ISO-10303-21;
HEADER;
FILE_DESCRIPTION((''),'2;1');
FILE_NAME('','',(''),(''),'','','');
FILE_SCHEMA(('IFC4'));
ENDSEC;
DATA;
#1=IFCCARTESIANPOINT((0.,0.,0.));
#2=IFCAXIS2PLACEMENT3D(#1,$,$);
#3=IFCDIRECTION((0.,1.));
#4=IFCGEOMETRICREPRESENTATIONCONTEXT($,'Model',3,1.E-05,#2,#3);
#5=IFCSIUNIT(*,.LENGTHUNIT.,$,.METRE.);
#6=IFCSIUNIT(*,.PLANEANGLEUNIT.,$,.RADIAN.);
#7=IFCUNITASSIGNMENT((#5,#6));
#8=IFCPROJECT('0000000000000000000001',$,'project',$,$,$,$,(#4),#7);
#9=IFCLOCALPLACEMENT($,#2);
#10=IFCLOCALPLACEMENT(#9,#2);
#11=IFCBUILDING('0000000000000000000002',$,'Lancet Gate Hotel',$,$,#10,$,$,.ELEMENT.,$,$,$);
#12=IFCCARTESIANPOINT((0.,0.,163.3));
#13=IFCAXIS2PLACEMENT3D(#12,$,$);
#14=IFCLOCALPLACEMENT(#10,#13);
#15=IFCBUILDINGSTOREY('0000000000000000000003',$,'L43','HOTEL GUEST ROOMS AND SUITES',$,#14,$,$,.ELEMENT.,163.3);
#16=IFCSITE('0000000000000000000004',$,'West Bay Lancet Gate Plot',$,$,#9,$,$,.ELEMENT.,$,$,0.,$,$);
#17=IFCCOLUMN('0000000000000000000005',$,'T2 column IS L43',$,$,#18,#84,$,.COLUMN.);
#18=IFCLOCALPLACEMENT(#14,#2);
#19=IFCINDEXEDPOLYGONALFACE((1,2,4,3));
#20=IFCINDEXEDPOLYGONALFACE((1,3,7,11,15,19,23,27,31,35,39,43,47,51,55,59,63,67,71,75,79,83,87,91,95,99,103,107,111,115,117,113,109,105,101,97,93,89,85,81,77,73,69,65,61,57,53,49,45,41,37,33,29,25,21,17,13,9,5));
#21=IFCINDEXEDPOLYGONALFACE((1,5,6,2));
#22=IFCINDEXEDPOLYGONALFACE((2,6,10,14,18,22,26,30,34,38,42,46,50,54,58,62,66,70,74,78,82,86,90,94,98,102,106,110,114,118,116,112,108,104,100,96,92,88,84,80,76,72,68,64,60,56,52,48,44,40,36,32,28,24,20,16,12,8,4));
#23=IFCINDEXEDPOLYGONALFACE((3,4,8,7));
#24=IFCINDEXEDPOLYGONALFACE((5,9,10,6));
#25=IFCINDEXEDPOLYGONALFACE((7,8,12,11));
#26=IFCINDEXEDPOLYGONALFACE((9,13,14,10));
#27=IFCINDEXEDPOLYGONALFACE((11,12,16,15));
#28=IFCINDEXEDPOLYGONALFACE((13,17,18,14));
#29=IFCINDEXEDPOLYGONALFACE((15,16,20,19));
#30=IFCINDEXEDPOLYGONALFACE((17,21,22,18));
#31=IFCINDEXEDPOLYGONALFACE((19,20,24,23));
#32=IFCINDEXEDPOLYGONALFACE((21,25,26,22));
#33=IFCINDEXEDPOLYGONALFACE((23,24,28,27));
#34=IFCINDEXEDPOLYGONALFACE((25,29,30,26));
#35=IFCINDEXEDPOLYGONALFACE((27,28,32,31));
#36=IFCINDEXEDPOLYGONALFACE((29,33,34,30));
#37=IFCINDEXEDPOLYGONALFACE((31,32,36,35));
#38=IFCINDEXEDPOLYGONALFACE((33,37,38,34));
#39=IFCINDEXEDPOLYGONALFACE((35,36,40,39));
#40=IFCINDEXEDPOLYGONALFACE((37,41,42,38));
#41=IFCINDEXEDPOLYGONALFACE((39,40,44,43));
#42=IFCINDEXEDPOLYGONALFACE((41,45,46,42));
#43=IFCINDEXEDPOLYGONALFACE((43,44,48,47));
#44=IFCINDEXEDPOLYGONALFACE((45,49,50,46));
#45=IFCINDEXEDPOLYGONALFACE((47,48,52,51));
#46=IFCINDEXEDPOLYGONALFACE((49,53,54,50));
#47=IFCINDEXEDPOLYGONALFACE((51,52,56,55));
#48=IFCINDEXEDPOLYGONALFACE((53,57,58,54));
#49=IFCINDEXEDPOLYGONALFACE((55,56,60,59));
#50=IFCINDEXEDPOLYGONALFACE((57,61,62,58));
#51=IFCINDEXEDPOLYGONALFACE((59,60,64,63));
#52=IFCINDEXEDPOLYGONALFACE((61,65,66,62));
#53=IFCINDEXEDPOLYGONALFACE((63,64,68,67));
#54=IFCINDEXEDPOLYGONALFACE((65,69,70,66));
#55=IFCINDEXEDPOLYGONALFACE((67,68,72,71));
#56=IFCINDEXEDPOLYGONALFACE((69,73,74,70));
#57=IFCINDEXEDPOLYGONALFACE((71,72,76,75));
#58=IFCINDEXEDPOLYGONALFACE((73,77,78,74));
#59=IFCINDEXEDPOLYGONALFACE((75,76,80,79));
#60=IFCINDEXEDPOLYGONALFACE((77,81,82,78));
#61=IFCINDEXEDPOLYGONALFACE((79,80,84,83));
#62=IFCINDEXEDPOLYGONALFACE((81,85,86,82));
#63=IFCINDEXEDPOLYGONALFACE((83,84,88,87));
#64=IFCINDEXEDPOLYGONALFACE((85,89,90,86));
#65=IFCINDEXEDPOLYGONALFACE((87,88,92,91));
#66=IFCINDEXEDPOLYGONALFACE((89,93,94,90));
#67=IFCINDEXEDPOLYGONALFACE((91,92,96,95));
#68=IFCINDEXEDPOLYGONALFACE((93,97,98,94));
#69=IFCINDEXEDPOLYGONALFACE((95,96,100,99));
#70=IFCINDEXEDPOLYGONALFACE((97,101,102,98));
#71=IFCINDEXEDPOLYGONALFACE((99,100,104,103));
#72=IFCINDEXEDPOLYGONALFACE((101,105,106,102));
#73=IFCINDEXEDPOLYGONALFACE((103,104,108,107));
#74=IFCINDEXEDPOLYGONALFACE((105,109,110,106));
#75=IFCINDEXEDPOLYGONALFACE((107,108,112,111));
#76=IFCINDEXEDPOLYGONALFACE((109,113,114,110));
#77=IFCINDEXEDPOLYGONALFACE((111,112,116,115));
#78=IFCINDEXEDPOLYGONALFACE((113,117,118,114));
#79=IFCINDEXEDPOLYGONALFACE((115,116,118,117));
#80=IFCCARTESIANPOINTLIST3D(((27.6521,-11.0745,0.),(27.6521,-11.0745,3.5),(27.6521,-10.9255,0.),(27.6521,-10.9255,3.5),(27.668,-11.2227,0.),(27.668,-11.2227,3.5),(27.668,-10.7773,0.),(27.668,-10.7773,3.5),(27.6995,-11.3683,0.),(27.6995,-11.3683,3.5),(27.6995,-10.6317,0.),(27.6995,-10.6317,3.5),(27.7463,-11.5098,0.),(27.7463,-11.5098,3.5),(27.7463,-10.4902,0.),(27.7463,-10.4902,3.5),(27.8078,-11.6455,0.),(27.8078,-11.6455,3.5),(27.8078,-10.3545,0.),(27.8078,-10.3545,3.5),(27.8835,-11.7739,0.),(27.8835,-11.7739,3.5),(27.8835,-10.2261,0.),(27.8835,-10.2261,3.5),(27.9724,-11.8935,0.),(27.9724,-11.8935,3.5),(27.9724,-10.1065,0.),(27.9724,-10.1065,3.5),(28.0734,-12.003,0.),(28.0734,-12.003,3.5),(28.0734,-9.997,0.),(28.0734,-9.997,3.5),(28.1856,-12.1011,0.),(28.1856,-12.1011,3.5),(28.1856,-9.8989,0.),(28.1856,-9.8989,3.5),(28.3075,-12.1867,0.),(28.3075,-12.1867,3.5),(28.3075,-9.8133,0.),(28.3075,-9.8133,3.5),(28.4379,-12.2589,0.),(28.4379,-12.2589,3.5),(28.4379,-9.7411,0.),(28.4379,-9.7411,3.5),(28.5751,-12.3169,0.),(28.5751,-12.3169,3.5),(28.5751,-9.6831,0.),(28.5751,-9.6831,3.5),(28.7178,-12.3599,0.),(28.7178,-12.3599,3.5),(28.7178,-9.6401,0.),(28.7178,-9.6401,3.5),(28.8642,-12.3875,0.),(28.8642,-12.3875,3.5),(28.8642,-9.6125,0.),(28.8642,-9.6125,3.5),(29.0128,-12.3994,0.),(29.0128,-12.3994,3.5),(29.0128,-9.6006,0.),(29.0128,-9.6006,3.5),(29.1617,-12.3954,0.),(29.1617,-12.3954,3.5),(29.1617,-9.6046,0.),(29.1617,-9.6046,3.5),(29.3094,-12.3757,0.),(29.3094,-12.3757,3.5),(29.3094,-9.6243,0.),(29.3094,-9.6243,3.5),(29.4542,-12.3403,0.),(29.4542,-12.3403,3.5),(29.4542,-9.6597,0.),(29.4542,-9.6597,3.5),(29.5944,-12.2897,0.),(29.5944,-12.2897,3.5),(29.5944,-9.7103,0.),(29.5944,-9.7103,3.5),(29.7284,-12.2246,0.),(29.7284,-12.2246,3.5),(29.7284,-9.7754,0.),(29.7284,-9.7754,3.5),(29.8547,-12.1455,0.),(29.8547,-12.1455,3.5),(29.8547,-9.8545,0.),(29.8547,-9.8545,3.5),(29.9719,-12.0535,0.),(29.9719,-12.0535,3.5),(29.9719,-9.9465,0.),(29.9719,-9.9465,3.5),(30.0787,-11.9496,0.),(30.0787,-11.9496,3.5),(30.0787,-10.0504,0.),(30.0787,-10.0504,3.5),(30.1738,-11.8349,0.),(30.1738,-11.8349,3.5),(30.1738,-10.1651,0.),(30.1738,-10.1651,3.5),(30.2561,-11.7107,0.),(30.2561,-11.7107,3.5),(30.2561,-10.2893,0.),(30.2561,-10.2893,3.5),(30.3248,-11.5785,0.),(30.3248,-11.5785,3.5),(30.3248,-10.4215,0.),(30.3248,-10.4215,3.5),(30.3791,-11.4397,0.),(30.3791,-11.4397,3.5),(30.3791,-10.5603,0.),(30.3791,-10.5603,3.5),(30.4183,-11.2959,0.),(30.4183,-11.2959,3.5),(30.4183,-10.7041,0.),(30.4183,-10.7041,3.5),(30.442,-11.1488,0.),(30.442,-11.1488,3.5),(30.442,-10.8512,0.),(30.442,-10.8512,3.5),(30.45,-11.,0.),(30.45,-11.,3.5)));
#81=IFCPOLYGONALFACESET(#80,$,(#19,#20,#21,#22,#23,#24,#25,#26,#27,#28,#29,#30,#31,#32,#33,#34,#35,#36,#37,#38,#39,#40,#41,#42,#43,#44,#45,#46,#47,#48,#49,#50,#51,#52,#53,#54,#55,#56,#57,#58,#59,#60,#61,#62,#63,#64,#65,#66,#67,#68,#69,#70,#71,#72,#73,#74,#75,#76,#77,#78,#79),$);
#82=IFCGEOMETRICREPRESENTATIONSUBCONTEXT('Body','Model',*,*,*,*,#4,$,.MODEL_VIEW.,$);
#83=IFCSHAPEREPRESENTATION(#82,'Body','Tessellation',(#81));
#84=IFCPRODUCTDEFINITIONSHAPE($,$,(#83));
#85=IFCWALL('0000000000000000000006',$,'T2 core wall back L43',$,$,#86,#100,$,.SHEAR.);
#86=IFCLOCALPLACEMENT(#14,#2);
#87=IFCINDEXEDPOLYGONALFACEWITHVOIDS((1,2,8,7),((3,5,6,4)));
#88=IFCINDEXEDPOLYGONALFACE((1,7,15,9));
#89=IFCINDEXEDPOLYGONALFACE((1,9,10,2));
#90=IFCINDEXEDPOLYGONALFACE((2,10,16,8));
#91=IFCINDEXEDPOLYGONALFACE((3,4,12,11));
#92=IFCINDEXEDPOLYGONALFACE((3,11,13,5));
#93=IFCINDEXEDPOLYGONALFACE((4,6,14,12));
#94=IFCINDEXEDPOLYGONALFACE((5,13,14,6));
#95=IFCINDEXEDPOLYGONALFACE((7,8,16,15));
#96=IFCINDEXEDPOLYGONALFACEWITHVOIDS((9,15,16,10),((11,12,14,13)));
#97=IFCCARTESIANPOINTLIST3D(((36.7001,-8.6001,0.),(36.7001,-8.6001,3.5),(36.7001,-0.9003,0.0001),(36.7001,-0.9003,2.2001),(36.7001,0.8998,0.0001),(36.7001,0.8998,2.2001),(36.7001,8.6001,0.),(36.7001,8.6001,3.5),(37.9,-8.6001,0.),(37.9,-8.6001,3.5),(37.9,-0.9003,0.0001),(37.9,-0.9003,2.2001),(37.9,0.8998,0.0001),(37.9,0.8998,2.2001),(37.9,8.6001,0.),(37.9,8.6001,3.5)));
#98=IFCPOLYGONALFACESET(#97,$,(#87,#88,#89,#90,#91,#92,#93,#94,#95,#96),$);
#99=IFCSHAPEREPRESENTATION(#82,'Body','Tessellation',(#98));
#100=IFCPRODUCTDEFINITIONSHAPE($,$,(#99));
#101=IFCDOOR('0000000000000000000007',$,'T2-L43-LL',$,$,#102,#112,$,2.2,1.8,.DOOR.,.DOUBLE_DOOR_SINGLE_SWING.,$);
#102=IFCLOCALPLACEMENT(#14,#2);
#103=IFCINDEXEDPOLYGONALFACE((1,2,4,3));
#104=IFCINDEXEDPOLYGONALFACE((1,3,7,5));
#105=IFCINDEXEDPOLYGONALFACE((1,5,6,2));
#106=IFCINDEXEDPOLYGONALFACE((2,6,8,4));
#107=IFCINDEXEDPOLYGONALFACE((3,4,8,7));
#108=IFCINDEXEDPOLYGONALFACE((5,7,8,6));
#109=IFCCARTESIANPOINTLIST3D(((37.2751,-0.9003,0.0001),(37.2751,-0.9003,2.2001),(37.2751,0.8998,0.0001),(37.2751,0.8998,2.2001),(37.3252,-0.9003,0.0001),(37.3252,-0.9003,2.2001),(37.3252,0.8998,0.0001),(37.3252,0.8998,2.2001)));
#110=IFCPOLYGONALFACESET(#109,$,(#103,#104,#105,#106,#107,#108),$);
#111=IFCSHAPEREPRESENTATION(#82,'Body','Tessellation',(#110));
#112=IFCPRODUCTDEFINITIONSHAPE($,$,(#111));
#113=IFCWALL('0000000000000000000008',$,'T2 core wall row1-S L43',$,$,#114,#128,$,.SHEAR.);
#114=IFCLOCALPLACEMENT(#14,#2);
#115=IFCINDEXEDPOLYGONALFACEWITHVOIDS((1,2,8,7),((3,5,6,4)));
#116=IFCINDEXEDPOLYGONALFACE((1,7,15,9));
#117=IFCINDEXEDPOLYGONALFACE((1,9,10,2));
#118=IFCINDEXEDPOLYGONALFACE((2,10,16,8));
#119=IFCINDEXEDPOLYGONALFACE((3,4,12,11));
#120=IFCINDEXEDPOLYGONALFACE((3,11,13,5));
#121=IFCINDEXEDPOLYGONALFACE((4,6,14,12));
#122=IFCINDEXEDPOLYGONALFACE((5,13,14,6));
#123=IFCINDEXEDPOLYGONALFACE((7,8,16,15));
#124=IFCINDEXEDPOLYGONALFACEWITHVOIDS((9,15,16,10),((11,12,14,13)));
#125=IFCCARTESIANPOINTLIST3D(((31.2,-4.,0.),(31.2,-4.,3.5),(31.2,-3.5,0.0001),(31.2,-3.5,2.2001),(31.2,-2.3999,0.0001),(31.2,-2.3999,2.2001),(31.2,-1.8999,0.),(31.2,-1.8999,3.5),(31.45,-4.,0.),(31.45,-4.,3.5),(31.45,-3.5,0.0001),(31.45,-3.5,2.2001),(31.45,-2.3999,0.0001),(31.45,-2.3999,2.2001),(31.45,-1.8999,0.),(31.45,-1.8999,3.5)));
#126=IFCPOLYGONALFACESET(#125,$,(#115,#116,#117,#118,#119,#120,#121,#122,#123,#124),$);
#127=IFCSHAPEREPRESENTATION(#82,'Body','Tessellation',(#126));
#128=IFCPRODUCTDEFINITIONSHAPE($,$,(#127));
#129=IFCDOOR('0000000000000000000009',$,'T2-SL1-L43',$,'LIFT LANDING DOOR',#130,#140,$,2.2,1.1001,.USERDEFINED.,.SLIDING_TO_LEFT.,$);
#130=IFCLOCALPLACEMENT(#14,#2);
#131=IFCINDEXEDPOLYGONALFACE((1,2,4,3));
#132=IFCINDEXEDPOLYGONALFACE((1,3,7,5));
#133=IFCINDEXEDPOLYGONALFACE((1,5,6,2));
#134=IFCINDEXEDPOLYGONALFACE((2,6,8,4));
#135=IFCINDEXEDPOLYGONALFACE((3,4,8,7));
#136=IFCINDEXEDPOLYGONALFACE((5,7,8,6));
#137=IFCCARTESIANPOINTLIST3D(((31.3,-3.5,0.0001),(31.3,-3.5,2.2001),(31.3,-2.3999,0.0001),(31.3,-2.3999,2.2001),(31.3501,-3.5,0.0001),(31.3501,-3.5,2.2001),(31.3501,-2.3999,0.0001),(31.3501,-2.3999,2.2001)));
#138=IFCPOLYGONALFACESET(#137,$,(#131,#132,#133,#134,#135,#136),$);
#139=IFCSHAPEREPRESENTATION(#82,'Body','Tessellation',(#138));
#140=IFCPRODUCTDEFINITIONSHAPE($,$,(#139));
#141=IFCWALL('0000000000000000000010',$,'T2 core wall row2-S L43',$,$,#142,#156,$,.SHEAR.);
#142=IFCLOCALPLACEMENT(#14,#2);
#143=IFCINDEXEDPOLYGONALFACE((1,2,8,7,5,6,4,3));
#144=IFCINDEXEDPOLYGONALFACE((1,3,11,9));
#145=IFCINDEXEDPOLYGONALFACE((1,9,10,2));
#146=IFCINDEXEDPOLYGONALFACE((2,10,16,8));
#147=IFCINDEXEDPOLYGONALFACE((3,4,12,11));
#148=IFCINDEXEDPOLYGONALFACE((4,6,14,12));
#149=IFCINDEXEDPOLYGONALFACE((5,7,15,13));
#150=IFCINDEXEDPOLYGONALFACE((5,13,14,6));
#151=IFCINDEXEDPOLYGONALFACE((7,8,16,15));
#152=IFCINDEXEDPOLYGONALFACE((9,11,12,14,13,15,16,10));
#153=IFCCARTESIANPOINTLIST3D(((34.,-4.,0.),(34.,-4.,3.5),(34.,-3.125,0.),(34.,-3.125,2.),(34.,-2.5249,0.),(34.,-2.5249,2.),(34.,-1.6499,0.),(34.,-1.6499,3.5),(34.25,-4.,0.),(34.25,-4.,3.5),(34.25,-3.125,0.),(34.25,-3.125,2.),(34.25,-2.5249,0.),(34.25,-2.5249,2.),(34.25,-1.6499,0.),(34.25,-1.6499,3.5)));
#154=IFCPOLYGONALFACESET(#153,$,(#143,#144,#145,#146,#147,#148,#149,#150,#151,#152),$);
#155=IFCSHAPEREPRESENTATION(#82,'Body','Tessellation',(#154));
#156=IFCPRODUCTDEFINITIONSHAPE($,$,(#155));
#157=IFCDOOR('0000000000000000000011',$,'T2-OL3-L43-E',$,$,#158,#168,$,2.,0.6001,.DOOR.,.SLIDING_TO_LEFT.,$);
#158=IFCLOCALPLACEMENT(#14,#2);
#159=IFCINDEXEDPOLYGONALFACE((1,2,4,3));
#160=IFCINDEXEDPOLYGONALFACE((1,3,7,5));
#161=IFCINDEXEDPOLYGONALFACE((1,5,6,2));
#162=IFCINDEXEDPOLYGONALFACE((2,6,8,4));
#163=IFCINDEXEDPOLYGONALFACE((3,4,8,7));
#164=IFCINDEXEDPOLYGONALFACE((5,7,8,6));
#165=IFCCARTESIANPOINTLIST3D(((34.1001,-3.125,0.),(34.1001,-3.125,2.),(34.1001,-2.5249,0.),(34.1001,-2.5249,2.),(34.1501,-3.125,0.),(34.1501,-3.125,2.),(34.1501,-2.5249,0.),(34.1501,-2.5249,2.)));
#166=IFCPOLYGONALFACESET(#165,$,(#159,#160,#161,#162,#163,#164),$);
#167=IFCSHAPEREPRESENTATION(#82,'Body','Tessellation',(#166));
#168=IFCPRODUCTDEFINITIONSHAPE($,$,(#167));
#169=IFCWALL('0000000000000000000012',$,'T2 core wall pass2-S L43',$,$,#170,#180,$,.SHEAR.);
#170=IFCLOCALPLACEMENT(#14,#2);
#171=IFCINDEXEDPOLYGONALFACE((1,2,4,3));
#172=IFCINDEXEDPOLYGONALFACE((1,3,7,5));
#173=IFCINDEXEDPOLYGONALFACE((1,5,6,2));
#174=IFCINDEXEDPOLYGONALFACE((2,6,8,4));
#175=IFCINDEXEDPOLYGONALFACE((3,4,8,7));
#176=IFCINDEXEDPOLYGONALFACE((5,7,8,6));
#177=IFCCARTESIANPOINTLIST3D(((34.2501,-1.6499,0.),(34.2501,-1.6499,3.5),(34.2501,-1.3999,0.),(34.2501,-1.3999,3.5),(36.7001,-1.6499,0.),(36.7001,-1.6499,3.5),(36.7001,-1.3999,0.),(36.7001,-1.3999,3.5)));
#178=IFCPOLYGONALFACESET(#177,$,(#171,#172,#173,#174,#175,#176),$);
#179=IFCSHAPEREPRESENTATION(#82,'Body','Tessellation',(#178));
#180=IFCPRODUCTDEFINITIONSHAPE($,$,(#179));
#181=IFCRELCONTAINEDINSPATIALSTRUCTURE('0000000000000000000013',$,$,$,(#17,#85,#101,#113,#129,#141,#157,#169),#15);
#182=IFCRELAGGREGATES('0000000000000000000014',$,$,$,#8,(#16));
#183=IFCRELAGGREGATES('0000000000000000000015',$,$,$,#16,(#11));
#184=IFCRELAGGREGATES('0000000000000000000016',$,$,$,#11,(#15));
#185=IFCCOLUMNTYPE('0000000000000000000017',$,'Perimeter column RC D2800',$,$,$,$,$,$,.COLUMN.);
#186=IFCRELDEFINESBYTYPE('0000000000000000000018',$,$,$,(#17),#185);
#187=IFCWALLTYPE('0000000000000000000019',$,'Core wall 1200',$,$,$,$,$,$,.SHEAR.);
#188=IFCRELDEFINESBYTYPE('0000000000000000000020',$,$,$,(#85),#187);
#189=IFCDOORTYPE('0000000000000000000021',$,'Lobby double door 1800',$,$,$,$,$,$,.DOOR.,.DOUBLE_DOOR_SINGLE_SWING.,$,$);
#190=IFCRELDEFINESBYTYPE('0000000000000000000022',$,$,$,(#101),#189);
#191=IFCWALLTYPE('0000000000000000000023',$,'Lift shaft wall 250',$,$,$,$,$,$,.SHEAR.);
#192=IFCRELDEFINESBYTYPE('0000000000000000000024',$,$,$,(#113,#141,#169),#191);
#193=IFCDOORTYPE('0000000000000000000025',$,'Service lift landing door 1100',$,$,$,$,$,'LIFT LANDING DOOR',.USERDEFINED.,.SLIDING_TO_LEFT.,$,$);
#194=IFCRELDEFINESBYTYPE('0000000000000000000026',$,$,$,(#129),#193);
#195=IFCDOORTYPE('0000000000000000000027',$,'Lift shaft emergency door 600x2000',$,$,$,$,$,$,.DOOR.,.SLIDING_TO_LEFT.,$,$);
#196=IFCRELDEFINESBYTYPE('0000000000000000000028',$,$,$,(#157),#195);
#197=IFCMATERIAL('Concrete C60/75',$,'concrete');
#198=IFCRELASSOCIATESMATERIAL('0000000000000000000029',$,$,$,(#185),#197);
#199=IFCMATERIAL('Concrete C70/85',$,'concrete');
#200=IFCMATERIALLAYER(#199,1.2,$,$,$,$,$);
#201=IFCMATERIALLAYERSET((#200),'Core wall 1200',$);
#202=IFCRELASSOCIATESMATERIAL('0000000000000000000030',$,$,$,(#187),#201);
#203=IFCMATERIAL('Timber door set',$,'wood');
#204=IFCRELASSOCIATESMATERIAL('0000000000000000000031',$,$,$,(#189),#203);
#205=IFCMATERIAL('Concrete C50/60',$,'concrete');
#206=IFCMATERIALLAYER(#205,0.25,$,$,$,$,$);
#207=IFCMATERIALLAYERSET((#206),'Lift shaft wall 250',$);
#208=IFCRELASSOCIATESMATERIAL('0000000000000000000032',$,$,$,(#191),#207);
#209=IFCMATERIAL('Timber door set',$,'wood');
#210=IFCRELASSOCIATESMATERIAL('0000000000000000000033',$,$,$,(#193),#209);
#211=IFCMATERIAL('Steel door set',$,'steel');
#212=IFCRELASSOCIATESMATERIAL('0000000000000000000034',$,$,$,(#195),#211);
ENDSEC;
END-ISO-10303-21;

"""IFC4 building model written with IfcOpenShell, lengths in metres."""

from ifc_helpers import new_model, si_unit, direction, frame, frame_2d, origin, origin_2d, place, context, subcontext, project, spatial, rectangle, circle, extrude, material, layer, layer_set, material_profile, profile_set, type_object, element, fill, save


model = new_model("IFC4")

# Units and contexts
model_context = context("Model", 3, precision=1e-05, world=origin(), true_north=direction((0.0, 1.0)))
body_context = subcontext(model_context, "Body", "Model", "MODEL_VIEW")
ifc_project = project(units=[si_unit("LENGTHUNIT", "METRE"), si_unit("PLANEANGLEUNIT", "RADIAN")], contexts=[model_context])

# Site, building, storey
site_placement = place(None, origin())
site = spatial("IfcSite", under=ifc_project, at=site_placement, Name="West Bay Lancet Gate Plot", CompositionType="ELEMENT", RefElevation=0.0)
building_placement = place(site_placement, origin())
building = spatial("IfcBuilding", under=site, at=building_placement, Name="Lancet Gate Hotel", CompositionType="ELEMENT")
storey_placement = place(building_placement, frame((0.0, 0.0, 163.3)))
storey = spatial("IfcBuildingStorey", under=building, at=storey_placement, Name="L43", Description="HOTEL GUEST ROOMS AND SUITES", CompositionType="ELEMENT", Elevation=163.3)

# Column
ifc_material_1 = material(Name="Concrete C60/75", Category="concrete")
ifc_material_profile = material_profile(ifc_material_1, circle(Radius=1.3999, at=origin_2d()), Name="RC D2800")
ifc_profile_set = profile_set([ifc_material_profile], Name="Concrete C60/75")
column_type = type_object("IfcColumnType", Name="Perimeter column RC D2800", PredefinedType="COLUMN", material=ifc_profile_set)
column_placement = place(storey_placement, frame((29.05, -11.0, 0.0), z_axis=(0.0, 0.0, 1.0), x_axis=(1.0, 0.0, 0.0)))
element("IfcColumn", 1, at=column_placement, inside=storey, type_object=column_type, Name="T2 column IS L43", PredefinedType="COLUMN", context=body_context, shape_type="SweptSolid", body=[
    extrude(circle(Radius=1.3999, at=origin_2d()), origin(), (0.0, 0.0, 1.0), 3.5),
])

# Walls, openings, doors
ifc_material_2 = material(Name="Concrete C70/85", Category="concrete")
ifc_layer_1 = layer(ifc_material_2, 1.2)
ifc_layer_set_1 = layer_set([ifc_layer_1], Name="Core wall 1200")
wall_type_1 = type_object("IfcWallType", Name="Core wall 1200", PredefinedType="SHEAR", material=ifc_layer_set_1)
wall_1_placement = place(storey_placement, frame((37.3, -8.6001, 0.0), z_axis=(0.0, 0.0, 1.0), x_axis=(0.0, 1.0, 0.0)))
wall_1 = element("IfcWall", 2, at=wall_1_placement, inside=storey, type_object=wall_type_1, Name="T2 core wall back L43", PredefinedType="SHEAR", context=body_context, shape_type="SweptSolid", body=[
    extrude(rectangle(XDim=17.2002, YDim=1.2, at=frame_2d((8.6001, 0.0))), origin(), (0.0, 0.0, 1.0), 3.5),
])
opening_1_placement = place(wall_1_placement, frame((7.7, 0.0, 0.0)))
opening_1 = element("IfcOpeningElement", 3, at=opening_1_placement, cuts=wall_1, PredefinedType="OPENING", context=body_context, shape_type="SweptSolid", body=[
    extrude(rectangle(XDim=1.8, YDim=2.2, at=frame_2d((0.8999, 1.1001))), frame((0.0, 0.6099, 0.0), z_axis=(0.0, -1.0, 0.0), x_axis=(1.0, 0.0, 0.0)), (0.0, 0.0, 1.0), 1.22),
])
ifc_material_3 = material(Name="Timber door set", Category="wood")
door_type_1 = type_object("IfcDoorType", Name="Lobby double door 1800", OperationType="DOUBLE_DOOR_SINGLE_SWING", PredefinedType="DOOR", material=ifc_material_3)
door_1_placement = place(opening_1_placement, origin())
door_1 = element("IfcDoor", 4, at=door_1_placement, inside=storey, type_object=door_type_1, Name="T2-L43-LL", OperationType="DOUBLE_DOOR_SINGLE_SWING", OverallHeight=2.2, OverallWidth=1.8, PredefinedType="DOOR", context=body_context, shape_type="SweptSolid", body=[
    extrude(rectangle(XDim=1.8, YDim=2.2, at=frame_2d((0.8999, 1.1001))), frame((0.0, 0.0249, 0.0), z_axis=(0.0, -1.0, 0.0), x_axis=(1.0, 0.0, 0.0)), (0.0, 0.0, 1.0), 0.05),
])
fill(opening_1, door_1)
ifc_material_4 = material(Name="Concrete C50/60", Category="concrete")
ifc_layer_2 = layer(ifc_material_4, 0.25)
ifc_layer_set_2 = layer_set([ifc_layer_2], Name="Lift shaft wall 250")
wall_type_2 = type_object("IfcWallType", Name="Lift shaft wall 250", PredefinedType="SHEAR", material=ifc_layer_set_2)
wall_2_placement = place(storey_placement, frame((31.325, -4.0, 0.0), z_axis=(0.0, 0.0, 1.0), x_axis=(0.0, 1.0, 0.0)))
wall_2 = element("IfcWall", 5, at=wall_2_placement, inside=storey, type_object=wall_type_2, Name="T2 core wall row1-S L43", PredefinedType="SHEAR", context=body_context, shape_type="SweptSolid", body=[
    extrude(rectangle(XDim=2.1001, YDim=0.25, at=frame_2d((1.05, 0.0))), origin(), (0.0, 0.0, 1.0), 3.5),
])
opening_2_placement = place(wall_2_placement, frame((0.5, 0.0, 0.0)))
opening_2 = element("IfcOpeningElement", 6, at=opening_2_placement, cuts=wall_2, PredefinedType="OPENING", context=body_context, shape_type="SweptSolid", body=[
    extrude(rectangle(XDim=1.1001, YDim=2.2, at=frame_2d((0.55, 1.1001))), frame((0.0, 0.135, 0.0), z_axis=(0.0, -1.0, 0.0), x_axis=(1.0, 0.0, 0.0)), (0.0, 0.0, 1.0), 0.27),
])
ifc_material_5 = material(Name="Timber door set", Category="wood")
door_type_2 = type_object("IfcDoorType", Name="Service lift landing door 1100", ElementType="LIFT LANDING DOOR", OperationType="SLIDING_TO_LEFT", PredefinedType="USERDEFINED", material=ifc_material_5)
door_2_placement = place(opening_2_placement, origin())
door_2 = element("IfcDoor", 7, at=door_2_placement, inside=storey, type_object=door_type_2, Name="T2-SL1-L43", ObjectType="LIFT LANDING DOOR", OperationType="SLIDING_TO_LEFT", OverallHeight=2.2, OverallWidth=1.1001, PredefinedType="USERDEFINED", context=body_context, shape_type="SweptSolid", body=[
    extrude(rectangle(XDim=1.1001, YDim=2.2, at=frame_2d((0.55, 1.1001))), frame((0.0, 0.0249, 0.0), z_axis=(0.0, -1.0, 0.0), x_axis=(1.0, 0.0, 0.0)), (0.0, 0.0, 1.0), 0.05),
])
fill(opening_2, door_2)
wall_3_placement = place(storey_placement, frame((34.125, -4.0, 0.0), z_axis=(0.0, 0.0, 1.0), x_axis=(0.0, 1.0, 0.0)))
wall_3 = element("IfcWall", 8, at=wall_3_placement, inside=storey, type_object=wall_type_2, Name="T2 core wall row2-S L43", PredefinedType="SHEAR", context=body_context, shape_type="SweptSolid", body=[
    extrude(rectangle(XDim=2.3501, YDim=0.25, at=frame_2d((1.175, 0.0))), origin(), (0.0, 0.0, 1.0), 3.5),
])
opening_3_placement = place(wall_3_placement, frame((0.875, 0.0, 0.0)))
opening_3 = element("IfcOpeningElement", 9, at=opening_3_placement, cuts=wall_3, PredefinedType="OPENING", context=body_context, shape_type="SweptSolid", body=[
    extrude(rectangle(XDim=0.6001, YDim=2.0, at=frame_2d((0.3, 1.0))), frame((0.0, 0.135, 0.0), z_axis=(0.0, -1.0, 0.0), x_axis=(1.0, 0.0, 0.0)), (0.0, 0.0, 1.0), 0.27),
])
ifc_material_6 = material(Name="Steel door set", Category="steel")
door_type_3 = type_object("IfcDoorType", Name="Lift shaft emergency door 600x2000", OperationType="SLIDING_TO_LEFT", PredefinedType="DOOR", material=ifc_material_6)
door_3_placement = place(opening_3_placement, origin())
door_3 = element("IfcDoor", 10, at=door_3_placement, inside=storey, type_object=door_type_3, Name="T2-OL3-L43-E", OperationType="SLIDING_TO_LEFT", OverallHeight=2.0, OverallWidth=0.6001, PredefinedType="DOOR", context=body_context, shape_type="SweptSolid", body=[
    extrude(rectangle(XDim=0.6001, YDim=2.0, at=frame_2d((0.3, 1.0))), frame((0.0, 0.0249, 0.0), z_axis=(0.0, -1.0, 0.0), x_axis=(1.0, 0.0, 0.0)), (0.0, 0.0, 1.0), 0.05),
])
fill(opening_3, door_3)

# Wall
wall_4_placement = place(storey_placement, frame((34.25, -1.5249, 0.0), z_axis=(0.0, 0.0, 1.0), x_axis=(1.0, 0.0, 0.0)))
element("IfcWall", 11, at=wall_4_placement, inside=storey, type_object=wall_type_2, Name="T2 core wall pass2-S L43", PredefinedType="SHEAR", context=body_context, shape_type="SweptSolid", body=[
    extrude(rectangle(XDim=2.45, YDim=0.25, at=frame_2d((1.2251, 0.0))), origin(), (0.0, 0.0, 1.0), 3.5),
])

save(model, "model.ifc")
